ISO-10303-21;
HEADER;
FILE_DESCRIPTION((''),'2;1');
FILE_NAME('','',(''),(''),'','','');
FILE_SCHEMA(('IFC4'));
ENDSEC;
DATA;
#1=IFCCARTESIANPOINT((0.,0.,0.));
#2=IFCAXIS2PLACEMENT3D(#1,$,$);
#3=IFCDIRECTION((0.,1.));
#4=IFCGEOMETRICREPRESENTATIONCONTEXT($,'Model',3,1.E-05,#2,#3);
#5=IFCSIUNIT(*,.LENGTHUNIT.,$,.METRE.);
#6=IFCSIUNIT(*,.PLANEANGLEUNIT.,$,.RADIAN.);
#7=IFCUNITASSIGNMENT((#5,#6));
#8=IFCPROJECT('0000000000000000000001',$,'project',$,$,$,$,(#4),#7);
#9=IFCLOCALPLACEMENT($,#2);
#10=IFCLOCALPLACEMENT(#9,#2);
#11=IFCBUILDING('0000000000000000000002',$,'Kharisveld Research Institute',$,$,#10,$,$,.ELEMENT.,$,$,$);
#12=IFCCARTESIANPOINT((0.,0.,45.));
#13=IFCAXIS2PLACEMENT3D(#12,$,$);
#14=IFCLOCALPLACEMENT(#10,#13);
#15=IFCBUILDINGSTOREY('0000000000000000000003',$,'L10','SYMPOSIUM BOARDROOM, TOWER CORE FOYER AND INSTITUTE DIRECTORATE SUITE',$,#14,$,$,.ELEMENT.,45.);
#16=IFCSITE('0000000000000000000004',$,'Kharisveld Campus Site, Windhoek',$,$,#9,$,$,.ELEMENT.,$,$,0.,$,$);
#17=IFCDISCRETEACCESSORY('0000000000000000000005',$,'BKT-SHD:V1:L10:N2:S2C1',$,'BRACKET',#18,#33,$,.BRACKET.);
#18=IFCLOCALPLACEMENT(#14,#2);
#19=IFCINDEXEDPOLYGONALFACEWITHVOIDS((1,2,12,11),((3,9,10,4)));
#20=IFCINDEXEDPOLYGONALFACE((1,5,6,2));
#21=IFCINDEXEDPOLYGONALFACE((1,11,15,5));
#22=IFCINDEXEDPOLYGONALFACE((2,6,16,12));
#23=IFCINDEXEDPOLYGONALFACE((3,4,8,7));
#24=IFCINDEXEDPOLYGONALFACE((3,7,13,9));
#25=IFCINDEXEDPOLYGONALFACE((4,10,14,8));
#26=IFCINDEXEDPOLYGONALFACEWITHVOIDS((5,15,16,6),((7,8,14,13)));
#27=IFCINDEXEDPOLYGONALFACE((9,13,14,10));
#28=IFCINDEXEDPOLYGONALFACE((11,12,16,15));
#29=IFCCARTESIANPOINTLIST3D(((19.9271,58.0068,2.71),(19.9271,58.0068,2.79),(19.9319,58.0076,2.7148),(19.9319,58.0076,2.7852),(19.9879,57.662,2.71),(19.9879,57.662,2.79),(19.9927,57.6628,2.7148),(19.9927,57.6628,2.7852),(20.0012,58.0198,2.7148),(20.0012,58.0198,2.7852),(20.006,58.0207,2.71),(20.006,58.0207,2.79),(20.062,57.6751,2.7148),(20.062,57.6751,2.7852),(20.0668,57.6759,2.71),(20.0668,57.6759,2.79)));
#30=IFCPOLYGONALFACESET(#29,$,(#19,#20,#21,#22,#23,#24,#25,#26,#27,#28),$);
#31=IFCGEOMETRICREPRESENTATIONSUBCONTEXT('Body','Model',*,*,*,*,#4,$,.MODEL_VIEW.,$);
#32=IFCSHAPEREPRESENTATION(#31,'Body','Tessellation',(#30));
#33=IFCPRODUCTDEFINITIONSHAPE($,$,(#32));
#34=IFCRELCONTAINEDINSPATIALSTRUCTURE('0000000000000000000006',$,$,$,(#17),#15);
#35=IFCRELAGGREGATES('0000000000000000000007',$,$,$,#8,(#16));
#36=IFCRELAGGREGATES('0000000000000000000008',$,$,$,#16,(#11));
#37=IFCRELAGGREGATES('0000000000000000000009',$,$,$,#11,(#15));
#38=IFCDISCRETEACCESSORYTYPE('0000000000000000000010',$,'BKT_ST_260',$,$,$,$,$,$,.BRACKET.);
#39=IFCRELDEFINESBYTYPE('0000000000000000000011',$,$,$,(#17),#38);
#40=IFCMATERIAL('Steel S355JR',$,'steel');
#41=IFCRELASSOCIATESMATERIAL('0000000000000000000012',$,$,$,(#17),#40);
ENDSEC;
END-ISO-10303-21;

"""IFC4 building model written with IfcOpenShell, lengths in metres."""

from ifc_helpers import new_model, si_unit, direction, frame, origin, origin_2d, place, context, subcontext, project, spatial, hollow_rectangle, extrude, material, type_object, element, save


model = new_model("IFC4")

# Units and contexts
model_context = context("Model", 3, precision=1e-05, world=origin(), true_north=direction((0.0, 1.0)))
body_context = subcontext(model_context, "Body", "Model", "MODEL_VIEW")
ifc_project = project(units=[si_unit("LENGTHUNIT", "METRE"), si_unit("PLANEANGLEUNIT", "RADIAN")], contexts=[model_context])

# Site, building, storey
site_placement = place(None, origin())
site = spatial("IfcSite", under=ifc_project, at=site_placement, Name="Kharisveld Campus Site, Windhoek", CompositionType="ELEMENT", RefElevation=0.0)
building_placement = place(site_placement, origin())
building = spatial("IfcBuilding", under=site, at=building_placement, Name="Kharisveld Research Institute", CompositionType="ELEMENT")
storey_placement = place(building_placement, frame((0.0, 0.0, 45.0)))
storey = spatial("IfcBuildingStorey", under=building, at=storey_placement, Name="L10", Description="SYMPOSIUM BOARDROOM, TOWER CORE FOYER AND INSTITUTE DIRECTORATE SUITE", CompositionType="ELEMENT", Elevation=45.0)

# Discrete accessory
ifc_material_1 = material(Name="Steel S355JR", Category="steel")
discrete_accessory_type = type_object("IfcDiscreteAccessoryType", Name="BKT_ST_260", PredefinedType="BRACKET")
for number, where, z_axis, x_axis, name in (
    (1, (20.0273, 57.6689, 2.75), (-0.173666, 0.984805, 0.0), (-0.984805, -0.173666, 0.0), "BKT-SHD:V1:L10:N2:S2C1"),
):
    element("IfcDiscreteAccessory", number, at=place(storey_placement, frame(where, z_axis=z_axis, x_axis=x_axis)), inside=storey, type_object=discrete_accessory_type, material=ifc_material_1, Name=name, ObjectType="BRACKET", PredefinedType="BRACKET", context=body_context, shape_type="SweptSolid", body=[
        extrude(hollow_rectangle(XDim=0.0801, YDim=0.0801, WallThickness=0.0049, at=origin_2d()), origin(), (0.0, 0.0, 1.0), 0.3501),
    ])

save(model, "model.ifc")
